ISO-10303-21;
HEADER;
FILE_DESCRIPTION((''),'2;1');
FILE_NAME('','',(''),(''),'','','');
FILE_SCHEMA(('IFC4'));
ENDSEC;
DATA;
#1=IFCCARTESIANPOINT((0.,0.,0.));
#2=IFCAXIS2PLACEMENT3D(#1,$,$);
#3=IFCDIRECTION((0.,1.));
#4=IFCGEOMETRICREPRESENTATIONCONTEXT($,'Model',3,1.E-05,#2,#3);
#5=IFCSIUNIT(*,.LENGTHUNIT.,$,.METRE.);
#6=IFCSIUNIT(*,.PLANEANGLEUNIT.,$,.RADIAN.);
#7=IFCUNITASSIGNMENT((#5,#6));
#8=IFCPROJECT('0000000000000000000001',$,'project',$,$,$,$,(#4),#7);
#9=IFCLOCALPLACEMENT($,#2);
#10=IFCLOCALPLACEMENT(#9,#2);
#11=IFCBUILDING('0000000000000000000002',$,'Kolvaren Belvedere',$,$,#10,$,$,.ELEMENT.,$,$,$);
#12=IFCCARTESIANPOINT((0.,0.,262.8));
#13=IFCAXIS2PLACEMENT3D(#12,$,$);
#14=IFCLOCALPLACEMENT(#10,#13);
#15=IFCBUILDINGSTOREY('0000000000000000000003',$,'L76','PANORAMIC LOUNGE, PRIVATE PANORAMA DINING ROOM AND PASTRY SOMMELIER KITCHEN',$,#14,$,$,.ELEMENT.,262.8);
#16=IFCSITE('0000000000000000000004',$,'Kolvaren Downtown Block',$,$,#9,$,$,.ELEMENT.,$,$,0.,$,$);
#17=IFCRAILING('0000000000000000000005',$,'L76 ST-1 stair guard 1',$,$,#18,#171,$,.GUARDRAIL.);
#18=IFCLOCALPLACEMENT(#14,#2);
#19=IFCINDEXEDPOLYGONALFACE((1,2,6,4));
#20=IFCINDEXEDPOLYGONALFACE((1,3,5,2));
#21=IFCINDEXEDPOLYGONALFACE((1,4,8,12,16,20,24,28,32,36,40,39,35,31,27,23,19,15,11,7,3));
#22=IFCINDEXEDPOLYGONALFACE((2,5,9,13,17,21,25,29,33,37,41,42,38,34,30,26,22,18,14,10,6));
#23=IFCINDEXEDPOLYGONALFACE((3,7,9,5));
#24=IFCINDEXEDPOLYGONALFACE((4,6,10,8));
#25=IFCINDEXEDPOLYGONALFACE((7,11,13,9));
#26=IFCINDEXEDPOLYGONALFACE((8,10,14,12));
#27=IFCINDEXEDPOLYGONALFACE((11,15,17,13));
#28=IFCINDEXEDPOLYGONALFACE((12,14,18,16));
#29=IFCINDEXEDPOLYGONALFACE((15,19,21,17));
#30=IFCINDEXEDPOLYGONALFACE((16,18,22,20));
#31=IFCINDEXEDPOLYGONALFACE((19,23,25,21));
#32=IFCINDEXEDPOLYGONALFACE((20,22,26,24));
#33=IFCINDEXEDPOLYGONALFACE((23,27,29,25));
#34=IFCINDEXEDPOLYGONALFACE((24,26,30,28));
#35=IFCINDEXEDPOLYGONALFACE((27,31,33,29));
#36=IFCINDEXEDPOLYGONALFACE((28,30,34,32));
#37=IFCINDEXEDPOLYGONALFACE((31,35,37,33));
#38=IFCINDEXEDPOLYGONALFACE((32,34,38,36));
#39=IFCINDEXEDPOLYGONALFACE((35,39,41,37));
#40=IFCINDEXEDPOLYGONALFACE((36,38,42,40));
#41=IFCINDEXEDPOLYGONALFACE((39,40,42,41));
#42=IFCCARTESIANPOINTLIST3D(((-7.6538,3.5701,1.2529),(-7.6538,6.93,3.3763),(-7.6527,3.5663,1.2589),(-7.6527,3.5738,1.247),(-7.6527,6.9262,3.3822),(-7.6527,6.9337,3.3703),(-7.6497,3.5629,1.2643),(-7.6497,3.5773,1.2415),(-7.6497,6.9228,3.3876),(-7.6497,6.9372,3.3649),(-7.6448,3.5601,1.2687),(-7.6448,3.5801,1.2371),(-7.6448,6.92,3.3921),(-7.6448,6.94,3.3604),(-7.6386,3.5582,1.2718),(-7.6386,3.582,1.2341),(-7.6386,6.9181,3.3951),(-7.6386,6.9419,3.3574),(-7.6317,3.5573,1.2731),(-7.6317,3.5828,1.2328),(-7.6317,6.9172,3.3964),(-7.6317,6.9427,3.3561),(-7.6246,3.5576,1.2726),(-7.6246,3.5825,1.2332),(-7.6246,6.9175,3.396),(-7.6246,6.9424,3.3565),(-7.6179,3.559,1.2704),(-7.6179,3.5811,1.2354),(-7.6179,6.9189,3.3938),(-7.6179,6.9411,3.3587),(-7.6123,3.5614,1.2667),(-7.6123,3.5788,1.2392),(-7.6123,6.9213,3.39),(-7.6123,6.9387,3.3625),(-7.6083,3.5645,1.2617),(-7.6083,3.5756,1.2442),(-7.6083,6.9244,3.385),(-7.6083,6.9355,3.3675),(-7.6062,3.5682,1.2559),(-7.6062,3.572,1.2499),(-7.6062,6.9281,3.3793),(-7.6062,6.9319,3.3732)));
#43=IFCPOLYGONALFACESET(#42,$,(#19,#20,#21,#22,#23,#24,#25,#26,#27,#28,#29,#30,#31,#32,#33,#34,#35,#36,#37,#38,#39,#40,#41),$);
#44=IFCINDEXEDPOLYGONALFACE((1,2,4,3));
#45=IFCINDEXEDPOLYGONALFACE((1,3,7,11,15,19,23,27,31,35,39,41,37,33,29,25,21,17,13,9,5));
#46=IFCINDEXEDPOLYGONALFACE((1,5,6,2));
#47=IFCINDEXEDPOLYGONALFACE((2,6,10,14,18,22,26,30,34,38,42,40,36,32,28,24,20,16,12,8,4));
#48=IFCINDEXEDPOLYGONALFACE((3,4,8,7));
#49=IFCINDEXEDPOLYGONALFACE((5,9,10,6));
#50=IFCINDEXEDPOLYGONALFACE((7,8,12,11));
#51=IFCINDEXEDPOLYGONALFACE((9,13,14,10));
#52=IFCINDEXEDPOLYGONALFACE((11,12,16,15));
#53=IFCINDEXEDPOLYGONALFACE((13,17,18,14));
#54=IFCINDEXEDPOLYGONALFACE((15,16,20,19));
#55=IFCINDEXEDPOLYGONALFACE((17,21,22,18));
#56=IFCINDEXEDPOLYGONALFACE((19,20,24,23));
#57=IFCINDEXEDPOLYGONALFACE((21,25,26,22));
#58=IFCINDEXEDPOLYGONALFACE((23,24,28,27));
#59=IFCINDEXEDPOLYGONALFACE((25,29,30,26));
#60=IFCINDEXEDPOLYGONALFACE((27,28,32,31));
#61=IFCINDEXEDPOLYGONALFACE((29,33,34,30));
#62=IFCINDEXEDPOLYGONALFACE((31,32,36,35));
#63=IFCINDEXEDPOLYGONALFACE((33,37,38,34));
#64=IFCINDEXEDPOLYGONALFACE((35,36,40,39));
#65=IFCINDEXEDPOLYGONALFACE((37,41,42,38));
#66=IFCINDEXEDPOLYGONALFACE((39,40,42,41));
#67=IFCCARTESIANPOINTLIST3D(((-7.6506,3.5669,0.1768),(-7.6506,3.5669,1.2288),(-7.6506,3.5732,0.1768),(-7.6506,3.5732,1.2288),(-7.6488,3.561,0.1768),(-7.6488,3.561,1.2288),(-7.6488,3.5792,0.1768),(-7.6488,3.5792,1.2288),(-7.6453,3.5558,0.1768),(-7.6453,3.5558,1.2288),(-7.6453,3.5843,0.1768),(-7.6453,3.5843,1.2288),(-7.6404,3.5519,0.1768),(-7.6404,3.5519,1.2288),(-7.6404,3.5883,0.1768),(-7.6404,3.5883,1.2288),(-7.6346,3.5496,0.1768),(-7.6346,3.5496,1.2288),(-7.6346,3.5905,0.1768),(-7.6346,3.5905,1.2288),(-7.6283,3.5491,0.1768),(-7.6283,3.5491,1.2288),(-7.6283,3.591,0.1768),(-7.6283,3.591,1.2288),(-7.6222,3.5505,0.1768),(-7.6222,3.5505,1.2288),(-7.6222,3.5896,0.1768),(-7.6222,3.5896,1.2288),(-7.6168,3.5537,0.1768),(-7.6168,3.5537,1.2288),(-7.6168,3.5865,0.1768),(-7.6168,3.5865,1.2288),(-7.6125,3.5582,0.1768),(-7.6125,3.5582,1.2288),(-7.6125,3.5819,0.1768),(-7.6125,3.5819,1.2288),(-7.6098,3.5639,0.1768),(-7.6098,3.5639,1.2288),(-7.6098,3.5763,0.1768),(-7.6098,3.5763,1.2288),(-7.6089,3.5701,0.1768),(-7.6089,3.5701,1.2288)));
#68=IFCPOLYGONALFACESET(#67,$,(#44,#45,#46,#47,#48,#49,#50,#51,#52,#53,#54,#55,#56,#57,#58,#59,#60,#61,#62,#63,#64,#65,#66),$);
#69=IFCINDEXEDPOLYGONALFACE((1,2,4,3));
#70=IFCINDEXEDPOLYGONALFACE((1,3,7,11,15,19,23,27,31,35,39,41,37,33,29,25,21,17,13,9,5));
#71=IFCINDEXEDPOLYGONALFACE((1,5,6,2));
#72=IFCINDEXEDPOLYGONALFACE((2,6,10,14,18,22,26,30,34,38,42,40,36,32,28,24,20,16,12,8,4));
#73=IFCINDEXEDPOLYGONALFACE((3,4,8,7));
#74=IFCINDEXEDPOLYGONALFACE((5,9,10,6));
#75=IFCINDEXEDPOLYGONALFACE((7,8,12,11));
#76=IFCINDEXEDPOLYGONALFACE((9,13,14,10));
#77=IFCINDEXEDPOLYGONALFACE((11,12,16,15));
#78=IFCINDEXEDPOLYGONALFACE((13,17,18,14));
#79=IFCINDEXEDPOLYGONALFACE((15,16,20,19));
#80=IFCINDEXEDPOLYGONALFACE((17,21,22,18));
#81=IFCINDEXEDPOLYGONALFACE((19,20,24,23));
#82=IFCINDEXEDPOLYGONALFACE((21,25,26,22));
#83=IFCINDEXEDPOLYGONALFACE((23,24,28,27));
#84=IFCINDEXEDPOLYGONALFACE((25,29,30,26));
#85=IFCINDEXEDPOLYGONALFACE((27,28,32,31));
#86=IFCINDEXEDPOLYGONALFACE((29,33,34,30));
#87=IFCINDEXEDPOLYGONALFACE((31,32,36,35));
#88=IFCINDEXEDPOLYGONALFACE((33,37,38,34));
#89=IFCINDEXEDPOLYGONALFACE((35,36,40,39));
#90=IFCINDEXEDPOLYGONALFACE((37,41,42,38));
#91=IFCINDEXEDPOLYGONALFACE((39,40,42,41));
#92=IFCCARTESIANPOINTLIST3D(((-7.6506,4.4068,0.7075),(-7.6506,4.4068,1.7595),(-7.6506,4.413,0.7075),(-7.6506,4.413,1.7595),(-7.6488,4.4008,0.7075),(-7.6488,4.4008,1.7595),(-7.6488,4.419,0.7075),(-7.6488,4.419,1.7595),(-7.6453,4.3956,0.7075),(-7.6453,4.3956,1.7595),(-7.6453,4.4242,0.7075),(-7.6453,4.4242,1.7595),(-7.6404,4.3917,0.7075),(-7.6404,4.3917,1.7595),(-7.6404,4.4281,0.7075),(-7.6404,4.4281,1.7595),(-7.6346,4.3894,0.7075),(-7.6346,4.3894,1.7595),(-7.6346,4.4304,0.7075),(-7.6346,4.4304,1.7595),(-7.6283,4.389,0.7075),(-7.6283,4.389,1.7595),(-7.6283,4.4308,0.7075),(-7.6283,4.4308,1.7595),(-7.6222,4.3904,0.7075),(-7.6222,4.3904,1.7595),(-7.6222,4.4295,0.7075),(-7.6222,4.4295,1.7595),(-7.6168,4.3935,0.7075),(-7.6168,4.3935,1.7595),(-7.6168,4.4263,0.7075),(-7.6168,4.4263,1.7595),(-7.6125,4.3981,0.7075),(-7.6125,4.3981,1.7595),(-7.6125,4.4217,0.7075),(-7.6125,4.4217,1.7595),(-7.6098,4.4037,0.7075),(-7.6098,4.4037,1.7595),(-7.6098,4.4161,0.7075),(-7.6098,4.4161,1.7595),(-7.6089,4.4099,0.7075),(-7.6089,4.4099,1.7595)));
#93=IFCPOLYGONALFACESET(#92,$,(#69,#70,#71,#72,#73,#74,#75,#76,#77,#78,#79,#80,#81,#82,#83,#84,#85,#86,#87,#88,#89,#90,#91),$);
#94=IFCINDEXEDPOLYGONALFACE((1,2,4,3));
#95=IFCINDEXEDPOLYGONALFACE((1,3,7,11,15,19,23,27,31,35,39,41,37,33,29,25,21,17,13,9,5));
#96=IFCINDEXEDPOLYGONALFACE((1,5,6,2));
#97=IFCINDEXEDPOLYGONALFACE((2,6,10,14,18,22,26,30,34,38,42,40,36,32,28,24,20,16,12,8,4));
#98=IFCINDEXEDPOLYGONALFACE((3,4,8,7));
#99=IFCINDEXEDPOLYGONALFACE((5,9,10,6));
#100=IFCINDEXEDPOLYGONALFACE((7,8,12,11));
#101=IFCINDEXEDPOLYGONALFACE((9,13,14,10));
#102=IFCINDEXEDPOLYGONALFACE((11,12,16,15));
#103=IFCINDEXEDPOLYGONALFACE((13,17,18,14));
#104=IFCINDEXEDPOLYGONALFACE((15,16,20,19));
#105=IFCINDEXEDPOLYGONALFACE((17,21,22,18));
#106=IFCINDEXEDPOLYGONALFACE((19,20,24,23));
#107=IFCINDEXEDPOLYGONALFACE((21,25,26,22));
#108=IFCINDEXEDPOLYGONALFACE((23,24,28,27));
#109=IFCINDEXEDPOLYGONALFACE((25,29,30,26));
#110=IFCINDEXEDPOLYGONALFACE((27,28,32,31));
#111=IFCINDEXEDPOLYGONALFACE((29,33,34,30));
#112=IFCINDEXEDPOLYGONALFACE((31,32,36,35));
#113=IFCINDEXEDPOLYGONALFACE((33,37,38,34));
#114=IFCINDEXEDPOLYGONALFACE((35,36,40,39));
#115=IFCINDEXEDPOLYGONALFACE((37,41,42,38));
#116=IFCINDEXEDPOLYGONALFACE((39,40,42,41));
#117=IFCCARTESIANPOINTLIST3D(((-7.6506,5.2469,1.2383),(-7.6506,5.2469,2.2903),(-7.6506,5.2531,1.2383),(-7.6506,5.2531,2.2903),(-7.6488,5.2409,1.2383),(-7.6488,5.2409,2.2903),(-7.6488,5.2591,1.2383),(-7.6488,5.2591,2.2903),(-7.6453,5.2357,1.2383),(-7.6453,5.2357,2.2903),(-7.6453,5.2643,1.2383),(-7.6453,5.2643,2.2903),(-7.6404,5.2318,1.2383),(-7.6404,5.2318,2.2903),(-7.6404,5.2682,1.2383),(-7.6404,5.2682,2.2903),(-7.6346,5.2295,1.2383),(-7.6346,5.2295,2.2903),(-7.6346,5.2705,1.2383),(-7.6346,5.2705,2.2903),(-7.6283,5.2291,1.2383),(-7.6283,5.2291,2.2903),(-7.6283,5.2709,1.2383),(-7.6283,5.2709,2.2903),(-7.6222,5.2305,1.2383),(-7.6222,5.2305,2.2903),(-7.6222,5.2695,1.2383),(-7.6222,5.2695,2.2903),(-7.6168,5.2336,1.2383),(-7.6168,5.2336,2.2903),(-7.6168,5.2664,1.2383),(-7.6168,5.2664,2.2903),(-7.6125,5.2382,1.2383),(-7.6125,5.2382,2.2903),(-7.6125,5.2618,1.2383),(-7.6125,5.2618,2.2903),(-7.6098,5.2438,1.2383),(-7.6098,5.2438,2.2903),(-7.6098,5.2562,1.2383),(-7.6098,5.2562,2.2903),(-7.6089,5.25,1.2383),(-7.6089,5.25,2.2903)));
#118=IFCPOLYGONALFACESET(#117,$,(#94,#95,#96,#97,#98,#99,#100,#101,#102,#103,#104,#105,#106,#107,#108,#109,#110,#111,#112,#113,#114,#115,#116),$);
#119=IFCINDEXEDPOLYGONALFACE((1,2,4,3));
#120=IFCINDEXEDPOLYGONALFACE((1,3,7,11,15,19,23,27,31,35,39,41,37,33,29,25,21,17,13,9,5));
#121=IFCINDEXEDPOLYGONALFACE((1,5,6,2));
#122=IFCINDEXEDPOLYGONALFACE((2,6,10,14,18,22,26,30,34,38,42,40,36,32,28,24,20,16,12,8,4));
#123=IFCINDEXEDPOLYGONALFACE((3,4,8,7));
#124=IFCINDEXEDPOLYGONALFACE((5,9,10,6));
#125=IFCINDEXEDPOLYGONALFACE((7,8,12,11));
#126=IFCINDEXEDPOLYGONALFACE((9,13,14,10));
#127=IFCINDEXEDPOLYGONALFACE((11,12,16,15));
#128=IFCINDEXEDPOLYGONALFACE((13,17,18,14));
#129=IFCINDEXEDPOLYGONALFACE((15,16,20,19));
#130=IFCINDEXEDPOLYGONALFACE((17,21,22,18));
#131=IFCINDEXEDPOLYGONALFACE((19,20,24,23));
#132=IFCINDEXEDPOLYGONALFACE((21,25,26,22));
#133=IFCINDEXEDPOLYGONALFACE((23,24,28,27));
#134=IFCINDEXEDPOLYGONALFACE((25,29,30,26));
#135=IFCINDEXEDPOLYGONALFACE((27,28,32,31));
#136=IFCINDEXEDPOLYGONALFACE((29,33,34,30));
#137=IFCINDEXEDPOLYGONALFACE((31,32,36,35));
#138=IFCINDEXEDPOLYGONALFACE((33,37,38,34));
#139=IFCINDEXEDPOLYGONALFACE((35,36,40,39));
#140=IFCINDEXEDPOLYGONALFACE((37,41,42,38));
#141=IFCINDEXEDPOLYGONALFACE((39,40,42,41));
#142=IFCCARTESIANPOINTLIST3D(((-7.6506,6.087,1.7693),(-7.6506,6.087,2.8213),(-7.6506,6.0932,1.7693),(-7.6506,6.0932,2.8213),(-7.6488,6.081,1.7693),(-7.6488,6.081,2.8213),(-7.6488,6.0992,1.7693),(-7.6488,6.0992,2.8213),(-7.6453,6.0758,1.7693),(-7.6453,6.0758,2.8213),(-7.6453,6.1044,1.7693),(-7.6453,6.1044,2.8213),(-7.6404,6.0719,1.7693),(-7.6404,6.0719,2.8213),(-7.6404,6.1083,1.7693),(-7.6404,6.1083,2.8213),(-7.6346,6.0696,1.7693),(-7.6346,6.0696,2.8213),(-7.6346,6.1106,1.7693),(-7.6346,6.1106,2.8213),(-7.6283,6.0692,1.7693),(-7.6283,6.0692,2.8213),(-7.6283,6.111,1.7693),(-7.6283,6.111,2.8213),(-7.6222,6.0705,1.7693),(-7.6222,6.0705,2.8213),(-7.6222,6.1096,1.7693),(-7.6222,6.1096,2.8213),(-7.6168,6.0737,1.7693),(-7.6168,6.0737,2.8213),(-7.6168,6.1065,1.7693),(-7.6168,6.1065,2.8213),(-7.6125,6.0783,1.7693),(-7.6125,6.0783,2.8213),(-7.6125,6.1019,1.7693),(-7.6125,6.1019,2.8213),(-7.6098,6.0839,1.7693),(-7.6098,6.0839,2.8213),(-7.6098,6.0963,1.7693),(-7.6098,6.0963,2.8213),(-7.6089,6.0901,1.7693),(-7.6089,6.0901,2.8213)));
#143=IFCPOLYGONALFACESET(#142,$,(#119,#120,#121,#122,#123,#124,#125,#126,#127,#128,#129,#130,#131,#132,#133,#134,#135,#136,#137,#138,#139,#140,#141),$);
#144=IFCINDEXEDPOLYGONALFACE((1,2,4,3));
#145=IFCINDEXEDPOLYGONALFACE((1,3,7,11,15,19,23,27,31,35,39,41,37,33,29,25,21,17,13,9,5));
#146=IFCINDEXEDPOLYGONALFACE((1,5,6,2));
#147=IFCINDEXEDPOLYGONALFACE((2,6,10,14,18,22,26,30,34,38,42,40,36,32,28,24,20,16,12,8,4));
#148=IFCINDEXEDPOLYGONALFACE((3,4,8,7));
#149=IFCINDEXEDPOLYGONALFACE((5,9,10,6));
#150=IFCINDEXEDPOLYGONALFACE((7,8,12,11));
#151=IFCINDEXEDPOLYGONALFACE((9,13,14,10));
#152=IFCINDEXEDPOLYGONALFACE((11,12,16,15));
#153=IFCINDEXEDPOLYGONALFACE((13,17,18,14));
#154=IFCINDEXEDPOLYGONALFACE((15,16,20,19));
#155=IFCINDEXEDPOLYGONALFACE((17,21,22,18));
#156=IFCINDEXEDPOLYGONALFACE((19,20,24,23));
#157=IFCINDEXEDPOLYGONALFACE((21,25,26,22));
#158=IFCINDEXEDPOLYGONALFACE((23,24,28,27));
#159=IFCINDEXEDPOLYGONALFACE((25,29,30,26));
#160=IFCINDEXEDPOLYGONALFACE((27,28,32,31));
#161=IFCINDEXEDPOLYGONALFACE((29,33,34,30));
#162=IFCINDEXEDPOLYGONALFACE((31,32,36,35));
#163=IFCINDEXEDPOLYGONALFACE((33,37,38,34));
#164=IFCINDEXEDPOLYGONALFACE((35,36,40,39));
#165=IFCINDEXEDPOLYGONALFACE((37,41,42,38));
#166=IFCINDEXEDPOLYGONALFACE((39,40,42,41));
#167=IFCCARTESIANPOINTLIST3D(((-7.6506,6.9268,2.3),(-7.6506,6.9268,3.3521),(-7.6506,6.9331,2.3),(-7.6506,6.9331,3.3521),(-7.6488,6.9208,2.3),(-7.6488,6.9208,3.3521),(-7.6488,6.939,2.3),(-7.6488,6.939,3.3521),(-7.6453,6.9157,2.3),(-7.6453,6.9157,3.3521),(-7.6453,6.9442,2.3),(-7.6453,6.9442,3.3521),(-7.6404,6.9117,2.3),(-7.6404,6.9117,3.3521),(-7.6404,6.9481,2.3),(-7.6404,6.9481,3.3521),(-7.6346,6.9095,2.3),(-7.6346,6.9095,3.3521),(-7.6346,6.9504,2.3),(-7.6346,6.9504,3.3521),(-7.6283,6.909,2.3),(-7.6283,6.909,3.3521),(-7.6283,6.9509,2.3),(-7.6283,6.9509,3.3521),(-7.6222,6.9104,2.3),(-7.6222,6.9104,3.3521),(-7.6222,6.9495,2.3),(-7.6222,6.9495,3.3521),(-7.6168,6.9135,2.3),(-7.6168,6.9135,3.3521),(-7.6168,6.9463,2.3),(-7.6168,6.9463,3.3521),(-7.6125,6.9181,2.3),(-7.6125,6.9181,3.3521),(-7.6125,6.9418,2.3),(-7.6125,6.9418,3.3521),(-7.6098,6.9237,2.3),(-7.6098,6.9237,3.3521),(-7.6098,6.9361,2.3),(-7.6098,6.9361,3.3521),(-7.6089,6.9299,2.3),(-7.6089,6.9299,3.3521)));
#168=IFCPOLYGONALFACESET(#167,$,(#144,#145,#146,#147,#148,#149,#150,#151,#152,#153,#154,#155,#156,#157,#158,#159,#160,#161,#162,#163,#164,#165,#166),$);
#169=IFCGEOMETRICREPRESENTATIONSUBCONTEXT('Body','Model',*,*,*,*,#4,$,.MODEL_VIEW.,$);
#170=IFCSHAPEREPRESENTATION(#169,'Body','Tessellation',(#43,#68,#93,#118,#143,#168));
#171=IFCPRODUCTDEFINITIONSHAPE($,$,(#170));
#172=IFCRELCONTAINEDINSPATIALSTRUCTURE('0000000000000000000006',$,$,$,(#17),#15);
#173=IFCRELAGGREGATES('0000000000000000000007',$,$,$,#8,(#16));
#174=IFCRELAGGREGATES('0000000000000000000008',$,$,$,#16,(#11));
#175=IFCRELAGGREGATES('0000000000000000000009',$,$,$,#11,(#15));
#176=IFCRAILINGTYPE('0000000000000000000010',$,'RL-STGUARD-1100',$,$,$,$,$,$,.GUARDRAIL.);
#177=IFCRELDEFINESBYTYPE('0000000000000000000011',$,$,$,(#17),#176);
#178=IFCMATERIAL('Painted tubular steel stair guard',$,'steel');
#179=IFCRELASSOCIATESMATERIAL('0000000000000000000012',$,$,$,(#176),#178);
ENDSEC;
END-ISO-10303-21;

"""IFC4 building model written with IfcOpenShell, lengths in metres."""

from ifc_helpers import new_model, si_unit, direction, frame, origin, origin_2d, place, context, subcontext, project, spatial, circle, extrude, material, type_object, element, save


model = new_model("IFC4")

# Units and contexts
model_context = context("Model", 3, precision=1e-05, world=origin(), true_north=direction((0.0, 1.0)))
body_context = subcontext(model_context, "Body", "Model", "MODEL_VIEW")
ifc_project = project(units=[si_unit("LENGTHUNIT", "METRE"), si_unit("PLANEANGLEUNIT", "RADIAN")], contexts=[model_context])

# Site, building, storey
site_placement = place(None, origin())
site = spatial("IfcSite", under=ifc_project, at=site_placement, Name="Kolvaren Downtown Block", CompositionType="ELEMENT", RefElevation=0.0)
building_placement = place(site_placement, origin())
building = spatial("IfcBuilding", under=site, at=building_placement, Name="Kolvaren Belvedere", CompositionType="ELEMENT")
storey_placement = place(building_placement, frame((0.0, 0.0, 262.8)))
storey = spatial("IfcBuildingStorey", under=building, at=storey_placement, Name="L76", Description="PANORAMIC LOUNGE, PRIVATE PANORAMA DINING ROOM AND PASTRY SOMMELIER KITCHEN", CompositionType="ELEMENT", Elevation=262.8)

# Railing
ifc_material_1 = material(Name="Painted tubular steel stair guard", Category="steel")
railing_type_1 = type_object("IfcRailingType", Name="RL-STGUARD-1100", PredefinedType="GUARDRAIL", material=ifc_material_1)
railing_1_placement = place(storey_placement, frame((-7.6299, 3.5701, 0.1768)))
element("IfcRailing", 1, at=railing_1_placement, inside=storey, type_object=railing_type_1, Name="L76 ST-1 stair guard 1", PredefinedType="GUARDRAIL", context=body_context, shape_type="SweptSolid", body=[
    extrude(circle(Radius=0.0239, at=origin_2d()), frame((0.0, 0.0, 1.0762), z_axis=(0.0, 0.845344, 0.534222), x_axis=(-1.0, 0.0, 0.0)), (0.0, 0.0, 1.0), 3.9746),
    extrude(circle(Radius=0.021, at=origin_2d()), origin(), (0.0, 0.0, 1.0), 1.052),
    extrude(circle(Radius=0.021, at=origin_2d()), frame((0.0, 0.8398, 0.5308)), (0.0, 0.0, 1.0), 1.052),
    extrude(circle(Radius=0.021, at=origin_2d()), frame((0.0, 1.6799, 1.0615)), (0.0, 0.0, 1.0), 1.052),
    extrude(circle(Radius=0.021, at=origin_2d()), frame((0.0, 2.52, 1.5925)), (0.0, 0.0, 1.0), 1.052),
    extrude(circle(Radius=0.021, at=origin_2d()), frame((0.0, 3.3599, 2.1233)), (0.0, 0.0, 1.0), 1.052),
])

save(model, "model.ifc")
